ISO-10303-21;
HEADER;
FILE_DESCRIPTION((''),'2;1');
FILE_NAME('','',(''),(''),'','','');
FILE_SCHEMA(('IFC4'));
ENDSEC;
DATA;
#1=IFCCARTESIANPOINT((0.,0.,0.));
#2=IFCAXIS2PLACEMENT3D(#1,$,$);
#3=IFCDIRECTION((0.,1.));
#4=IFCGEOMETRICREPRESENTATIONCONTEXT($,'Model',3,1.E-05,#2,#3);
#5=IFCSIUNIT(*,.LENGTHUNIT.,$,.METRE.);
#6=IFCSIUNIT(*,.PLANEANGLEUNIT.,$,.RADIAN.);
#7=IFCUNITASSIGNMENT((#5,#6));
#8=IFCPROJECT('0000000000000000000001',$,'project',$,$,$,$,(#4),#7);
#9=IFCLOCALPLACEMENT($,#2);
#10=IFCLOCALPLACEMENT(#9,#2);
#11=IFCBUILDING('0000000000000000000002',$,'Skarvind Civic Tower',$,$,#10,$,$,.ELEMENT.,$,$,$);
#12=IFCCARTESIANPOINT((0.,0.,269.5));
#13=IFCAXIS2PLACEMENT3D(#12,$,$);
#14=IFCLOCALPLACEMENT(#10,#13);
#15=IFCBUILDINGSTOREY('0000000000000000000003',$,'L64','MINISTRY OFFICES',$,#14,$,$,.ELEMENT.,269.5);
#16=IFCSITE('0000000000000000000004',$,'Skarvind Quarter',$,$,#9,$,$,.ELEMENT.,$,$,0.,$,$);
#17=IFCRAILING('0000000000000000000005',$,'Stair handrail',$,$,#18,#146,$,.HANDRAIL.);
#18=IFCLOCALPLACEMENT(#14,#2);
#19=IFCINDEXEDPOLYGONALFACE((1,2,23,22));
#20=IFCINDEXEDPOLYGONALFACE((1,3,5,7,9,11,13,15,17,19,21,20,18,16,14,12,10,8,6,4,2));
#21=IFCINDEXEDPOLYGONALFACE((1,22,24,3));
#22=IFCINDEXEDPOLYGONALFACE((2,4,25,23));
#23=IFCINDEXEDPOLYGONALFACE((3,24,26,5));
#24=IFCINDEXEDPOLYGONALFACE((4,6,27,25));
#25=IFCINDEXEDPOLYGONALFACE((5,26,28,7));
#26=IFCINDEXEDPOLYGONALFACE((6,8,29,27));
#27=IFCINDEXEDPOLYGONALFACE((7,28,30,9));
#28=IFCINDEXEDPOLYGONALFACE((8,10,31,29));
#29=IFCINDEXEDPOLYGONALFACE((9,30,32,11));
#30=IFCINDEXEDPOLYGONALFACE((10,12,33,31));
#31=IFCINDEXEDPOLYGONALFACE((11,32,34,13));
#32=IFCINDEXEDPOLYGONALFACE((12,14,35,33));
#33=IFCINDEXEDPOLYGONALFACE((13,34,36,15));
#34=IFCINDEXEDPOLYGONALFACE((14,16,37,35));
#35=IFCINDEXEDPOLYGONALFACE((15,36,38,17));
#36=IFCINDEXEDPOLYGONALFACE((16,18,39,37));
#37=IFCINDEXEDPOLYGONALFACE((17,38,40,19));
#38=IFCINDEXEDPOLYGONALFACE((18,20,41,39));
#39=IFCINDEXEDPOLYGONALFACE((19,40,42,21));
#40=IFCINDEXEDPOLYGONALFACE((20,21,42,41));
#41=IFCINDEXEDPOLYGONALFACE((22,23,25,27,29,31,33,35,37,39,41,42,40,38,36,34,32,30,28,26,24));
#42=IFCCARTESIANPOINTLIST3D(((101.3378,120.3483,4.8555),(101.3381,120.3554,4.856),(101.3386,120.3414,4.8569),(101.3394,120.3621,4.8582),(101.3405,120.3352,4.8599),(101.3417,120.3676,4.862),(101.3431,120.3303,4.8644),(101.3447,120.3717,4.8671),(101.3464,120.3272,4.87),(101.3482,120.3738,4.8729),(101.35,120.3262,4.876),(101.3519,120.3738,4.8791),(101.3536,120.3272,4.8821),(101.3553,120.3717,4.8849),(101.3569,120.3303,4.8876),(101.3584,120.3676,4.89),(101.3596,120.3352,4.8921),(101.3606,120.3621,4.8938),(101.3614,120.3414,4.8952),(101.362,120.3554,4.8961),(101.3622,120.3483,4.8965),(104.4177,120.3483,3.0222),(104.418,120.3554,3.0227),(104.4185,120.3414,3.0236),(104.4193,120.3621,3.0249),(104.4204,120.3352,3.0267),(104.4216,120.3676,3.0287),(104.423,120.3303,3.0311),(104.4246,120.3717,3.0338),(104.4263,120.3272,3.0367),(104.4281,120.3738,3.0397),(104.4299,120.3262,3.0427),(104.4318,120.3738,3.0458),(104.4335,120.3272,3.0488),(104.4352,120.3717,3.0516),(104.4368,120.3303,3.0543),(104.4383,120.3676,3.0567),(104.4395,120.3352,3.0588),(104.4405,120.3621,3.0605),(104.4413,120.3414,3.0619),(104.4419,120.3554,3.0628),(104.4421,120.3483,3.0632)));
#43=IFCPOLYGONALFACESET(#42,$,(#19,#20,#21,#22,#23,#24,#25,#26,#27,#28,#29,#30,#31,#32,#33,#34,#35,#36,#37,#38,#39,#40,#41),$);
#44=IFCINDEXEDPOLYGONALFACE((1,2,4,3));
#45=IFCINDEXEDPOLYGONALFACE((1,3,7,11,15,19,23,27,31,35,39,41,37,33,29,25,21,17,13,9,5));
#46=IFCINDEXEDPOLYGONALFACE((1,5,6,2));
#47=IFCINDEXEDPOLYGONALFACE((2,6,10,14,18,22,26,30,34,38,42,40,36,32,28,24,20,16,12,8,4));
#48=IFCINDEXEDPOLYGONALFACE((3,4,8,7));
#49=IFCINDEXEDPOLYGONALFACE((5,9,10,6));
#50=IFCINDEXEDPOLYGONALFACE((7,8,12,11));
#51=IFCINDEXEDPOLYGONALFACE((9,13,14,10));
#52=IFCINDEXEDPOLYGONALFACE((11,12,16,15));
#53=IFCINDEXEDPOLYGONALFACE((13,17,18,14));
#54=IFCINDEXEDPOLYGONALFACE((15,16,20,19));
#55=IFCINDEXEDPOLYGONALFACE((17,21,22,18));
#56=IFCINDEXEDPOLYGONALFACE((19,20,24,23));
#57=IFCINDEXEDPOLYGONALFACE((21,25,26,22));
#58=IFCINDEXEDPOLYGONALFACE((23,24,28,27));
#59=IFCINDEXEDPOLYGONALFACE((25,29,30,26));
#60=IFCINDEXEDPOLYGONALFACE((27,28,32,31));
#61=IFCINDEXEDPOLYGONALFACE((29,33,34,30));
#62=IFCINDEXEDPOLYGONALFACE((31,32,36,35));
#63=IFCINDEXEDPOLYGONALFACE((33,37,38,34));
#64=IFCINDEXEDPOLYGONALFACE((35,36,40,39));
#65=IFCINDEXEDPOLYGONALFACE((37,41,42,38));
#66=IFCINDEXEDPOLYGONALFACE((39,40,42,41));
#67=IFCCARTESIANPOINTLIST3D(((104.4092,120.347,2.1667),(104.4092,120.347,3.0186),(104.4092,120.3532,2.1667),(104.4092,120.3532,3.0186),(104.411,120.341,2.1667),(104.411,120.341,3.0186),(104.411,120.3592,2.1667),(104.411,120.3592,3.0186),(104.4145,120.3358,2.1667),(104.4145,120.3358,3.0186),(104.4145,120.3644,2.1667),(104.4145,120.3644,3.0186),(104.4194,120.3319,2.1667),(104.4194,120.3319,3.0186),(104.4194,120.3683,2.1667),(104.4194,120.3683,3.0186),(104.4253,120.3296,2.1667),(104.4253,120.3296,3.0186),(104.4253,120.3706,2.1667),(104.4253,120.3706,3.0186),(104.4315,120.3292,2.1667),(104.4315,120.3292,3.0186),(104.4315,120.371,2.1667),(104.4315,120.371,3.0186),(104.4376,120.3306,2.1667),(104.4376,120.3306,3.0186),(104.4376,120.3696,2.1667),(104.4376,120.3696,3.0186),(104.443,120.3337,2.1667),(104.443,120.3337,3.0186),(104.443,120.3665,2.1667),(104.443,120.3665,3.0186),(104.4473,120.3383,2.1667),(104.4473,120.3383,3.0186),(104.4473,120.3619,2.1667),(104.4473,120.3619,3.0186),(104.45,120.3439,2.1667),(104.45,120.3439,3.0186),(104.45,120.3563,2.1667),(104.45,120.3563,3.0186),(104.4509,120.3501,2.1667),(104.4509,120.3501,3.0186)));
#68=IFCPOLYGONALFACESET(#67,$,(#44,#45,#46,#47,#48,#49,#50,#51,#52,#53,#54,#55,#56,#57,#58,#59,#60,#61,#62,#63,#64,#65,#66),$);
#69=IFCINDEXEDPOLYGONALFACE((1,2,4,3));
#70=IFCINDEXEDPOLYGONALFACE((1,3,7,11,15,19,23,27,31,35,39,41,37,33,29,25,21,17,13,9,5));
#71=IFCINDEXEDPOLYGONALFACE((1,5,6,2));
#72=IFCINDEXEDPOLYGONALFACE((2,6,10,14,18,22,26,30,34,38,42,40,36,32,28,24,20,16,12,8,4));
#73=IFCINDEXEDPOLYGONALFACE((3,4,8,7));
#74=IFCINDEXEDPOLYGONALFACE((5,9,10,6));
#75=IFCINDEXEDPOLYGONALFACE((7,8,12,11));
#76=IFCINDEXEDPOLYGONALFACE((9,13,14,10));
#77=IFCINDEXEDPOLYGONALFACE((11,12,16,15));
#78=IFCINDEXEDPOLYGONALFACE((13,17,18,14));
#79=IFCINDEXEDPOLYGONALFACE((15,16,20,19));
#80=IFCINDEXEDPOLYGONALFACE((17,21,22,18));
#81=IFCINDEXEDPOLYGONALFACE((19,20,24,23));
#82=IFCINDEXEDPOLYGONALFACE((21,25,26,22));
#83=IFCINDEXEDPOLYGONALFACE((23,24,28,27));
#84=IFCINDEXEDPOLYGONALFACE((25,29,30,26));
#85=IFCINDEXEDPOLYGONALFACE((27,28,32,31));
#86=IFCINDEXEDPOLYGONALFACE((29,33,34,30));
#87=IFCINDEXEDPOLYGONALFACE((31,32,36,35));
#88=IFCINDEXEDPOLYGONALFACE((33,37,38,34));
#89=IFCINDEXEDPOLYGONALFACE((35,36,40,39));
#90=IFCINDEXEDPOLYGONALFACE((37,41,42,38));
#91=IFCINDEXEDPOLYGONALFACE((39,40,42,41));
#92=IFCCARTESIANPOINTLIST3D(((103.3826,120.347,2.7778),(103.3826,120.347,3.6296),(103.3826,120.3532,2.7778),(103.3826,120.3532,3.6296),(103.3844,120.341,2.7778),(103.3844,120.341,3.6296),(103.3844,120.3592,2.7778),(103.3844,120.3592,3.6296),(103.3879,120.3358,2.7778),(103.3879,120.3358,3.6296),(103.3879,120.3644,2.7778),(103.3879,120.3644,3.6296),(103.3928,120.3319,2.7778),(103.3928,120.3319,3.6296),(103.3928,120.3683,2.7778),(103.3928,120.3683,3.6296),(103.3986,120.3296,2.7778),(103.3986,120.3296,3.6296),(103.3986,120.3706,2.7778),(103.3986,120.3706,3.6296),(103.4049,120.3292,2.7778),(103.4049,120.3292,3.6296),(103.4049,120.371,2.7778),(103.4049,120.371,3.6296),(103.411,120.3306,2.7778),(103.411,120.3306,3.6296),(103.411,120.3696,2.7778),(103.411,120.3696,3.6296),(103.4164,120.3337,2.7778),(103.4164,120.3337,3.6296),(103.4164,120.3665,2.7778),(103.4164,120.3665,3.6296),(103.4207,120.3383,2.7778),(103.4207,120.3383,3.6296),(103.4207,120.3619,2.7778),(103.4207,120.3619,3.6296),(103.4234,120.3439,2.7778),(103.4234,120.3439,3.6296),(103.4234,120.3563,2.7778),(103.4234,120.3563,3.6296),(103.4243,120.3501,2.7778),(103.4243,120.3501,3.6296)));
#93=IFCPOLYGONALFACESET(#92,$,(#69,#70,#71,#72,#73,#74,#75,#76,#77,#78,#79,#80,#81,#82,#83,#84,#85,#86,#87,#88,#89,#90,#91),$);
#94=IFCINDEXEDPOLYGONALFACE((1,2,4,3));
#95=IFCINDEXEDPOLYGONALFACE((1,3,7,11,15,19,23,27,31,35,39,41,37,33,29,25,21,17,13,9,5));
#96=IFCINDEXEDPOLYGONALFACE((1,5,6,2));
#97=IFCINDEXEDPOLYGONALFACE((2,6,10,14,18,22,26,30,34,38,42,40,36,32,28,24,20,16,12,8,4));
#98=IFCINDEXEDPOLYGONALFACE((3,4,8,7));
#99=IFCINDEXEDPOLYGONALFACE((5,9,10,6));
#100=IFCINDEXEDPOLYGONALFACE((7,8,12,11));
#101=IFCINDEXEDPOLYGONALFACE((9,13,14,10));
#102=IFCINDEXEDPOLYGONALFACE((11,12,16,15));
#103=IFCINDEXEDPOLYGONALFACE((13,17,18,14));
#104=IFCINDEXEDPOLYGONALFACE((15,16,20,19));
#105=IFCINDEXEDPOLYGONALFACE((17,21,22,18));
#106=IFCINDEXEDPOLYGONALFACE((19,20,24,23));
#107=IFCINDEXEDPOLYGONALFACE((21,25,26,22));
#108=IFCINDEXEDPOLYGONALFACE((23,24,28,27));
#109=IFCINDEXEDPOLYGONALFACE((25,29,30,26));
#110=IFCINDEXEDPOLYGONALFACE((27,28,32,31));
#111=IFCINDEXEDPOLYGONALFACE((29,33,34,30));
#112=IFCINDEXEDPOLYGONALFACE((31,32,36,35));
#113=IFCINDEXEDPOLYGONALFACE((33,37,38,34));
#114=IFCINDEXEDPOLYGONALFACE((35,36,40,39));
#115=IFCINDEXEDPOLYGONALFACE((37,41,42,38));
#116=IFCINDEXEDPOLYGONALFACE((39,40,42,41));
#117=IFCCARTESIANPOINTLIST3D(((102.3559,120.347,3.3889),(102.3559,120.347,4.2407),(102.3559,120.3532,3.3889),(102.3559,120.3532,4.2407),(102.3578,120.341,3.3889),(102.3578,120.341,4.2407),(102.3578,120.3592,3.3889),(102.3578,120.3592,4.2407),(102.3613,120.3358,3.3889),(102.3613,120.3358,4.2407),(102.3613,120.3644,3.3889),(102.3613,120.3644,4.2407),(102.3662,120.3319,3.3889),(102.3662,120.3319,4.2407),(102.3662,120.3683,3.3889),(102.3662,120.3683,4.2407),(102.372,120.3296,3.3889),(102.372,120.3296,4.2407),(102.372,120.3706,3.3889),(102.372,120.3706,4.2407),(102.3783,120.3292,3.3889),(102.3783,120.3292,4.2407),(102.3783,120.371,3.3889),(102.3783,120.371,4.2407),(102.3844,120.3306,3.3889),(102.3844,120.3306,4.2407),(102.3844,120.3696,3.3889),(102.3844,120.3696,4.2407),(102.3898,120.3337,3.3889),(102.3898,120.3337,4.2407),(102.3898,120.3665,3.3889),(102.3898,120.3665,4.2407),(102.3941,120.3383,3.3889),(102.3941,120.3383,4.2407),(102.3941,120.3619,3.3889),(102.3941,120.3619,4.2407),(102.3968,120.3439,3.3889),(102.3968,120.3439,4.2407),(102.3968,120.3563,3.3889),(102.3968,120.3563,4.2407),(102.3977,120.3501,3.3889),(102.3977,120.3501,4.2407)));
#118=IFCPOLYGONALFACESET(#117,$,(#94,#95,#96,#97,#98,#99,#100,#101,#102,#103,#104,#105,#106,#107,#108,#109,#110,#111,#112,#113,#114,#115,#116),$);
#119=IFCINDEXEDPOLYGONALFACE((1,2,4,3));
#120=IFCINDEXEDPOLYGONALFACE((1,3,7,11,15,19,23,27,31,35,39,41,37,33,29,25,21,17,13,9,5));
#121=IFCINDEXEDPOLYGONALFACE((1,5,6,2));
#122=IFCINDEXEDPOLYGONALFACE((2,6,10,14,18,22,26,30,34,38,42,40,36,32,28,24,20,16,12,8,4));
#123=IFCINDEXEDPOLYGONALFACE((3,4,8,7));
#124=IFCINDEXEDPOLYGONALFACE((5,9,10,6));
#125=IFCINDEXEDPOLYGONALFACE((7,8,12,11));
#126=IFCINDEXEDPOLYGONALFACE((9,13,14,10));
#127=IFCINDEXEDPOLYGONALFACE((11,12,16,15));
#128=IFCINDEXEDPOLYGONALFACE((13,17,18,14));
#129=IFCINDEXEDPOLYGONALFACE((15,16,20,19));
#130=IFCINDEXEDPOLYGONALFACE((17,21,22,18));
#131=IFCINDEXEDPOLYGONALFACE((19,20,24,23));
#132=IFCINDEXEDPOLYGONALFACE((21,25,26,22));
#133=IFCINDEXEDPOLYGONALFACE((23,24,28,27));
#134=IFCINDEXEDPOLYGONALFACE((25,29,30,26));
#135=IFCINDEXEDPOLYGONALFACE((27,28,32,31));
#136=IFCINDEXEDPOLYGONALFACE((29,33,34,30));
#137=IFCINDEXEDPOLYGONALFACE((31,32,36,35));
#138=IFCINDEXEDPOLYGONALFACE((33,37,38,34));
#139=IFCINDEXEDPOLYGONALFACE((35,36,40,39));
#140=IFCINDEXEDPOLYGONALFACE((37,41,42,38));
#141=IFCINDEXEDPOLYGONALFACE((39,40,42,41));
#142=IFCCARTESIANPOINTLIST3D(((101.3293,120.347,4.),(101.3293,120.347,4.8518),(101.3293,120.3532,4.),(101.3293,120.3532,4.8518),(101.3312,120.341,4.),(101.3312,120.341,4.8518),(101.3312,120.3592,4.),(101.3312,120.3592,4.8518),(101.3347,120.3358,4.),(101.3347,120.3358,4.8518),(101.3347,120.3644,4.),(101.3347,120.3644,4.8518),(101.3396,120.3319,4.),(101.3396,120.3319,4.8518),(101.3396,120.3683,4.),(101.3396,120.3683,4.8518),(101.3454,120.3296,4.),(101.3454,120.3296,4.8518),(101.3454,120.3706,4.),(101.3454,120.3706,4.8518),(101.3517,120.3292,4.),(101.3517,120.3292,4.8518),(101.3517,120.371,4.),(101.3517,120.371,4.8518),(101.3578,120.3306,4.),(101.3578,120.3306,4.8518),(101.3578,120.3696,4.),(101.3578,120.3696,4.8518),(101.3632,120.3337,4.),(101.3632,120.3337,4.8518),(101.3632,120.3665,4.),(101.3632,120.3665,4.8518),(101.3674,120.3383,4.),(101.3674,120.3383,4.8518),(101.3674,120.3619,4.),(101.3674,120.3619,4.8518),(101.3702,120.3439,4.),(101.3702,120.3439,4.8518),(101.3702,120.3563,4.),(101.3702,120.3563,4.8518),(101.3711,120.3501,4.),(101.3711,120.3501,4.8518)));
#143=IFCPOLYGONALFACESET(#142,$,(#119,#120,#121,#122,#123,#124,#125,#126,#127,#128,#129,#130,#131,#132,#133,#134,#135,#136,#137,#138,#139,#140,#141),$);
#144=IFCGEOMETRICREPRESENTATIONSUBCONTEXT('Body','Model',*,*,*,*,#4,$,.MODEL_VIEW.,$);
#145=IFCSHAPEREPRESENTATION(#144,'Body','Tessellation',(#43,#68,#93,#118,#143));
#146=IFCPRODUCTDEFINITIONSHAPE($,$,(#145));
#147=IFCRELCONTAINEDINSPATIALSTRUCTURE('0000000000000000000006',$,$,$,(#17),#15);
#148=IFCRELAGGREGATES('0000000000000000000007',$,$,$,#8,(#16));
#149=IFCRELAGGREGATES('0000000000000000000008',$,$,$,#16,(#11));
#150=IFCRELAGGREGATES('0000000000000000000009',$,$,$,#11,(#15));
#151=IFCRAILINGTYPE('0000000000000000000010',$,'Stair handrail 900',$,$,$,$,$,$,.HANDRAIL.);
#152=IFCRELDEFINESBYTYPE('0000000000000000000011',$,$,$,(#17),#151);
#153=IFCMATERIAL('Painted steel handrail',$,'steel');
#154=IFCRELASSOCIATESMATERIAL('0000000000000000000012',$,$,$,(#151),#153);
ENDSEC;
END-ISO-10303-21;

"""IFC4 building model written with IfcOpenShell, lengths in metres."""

from ifc_helpers import new_model, si_unit, direction, frame, origin, origin_2d, place, context, subcontext, project, spatial, circle, extrude, material, type_object, element, save


model = new_model("IFC4")

# Units and contexts
model_context = context("Model", 3, precision=1e-05, world=origin(), true_north=direction((0.0, 1.0)))
body_context = subcontext(model_context, "Body", "Model", "MODEL_VIEW")
ifc_project = project(units=[si_unit("LENGTHUNIT", "METRE"), si_unit("PLANEANGLEUNIT", "RADIAN")], contexts=[model_context])

# Site, building, storey
site_placement = place(None, origin())
site = spatial("IfcSite", under=ifc_project, at=site_placement, Name="Skarvind Quarter", CompositionType="ELEMENT", RefElevation=0.0)
building_placement = place(site_placement, origin())
building = spatial("IfcBuilding", under=site, at=building_placement, Name="Skarvind Civic Tower", CompositionType="ELEMENT")
storey_placement = place(building_placement, frame((0.0, 0.0, 269.5)))
storey = spatial("IfcBuildingStorey", under=building, at=storey_placement, Name="L64", Description="MINISTRY OFFICES", CompositionType="ELEMENT", Elevation=269.5)

# Railing
ifc_material_1 = material(Name="Painted steel handrail", Category="steel")
railing_type = type_object("IfcRailingType", Name="Stair handrail 900", PredefinedType="HANDRAIL", material=ifc_material_1)
railing_placement = place(storey_placement, frame((104.4299, 120.3501, 2.1667)))
element("IfcRailing", 1, at=railing_placement, inside=storey, type_object=railing_type, Name="Stair handrail", PredefinedType="HANDRAIL", context=body_context, shape_type="SweptSolid", body=[
    extrude(circle(Radius=0.0239, at=origin_2d()), frame((0.0, 0.0, 0.876), z_axis=(-0.859291, 0.0, 0.511487), x_axis=(0.0, -1.0, 0.0)), (0.0, 0.0, 1.0), 3.5842),
    extrude(circle(Radius=0.021, at=origin_2d()), origin(), (0.0, 0.0, 1.0), 0.8518),
    extrude(circle(Radius=0.021, at=origin_2d()), frame((-1.0266, 0.0, 0.6111)), (0.0, 0.0, 1.0), 0.8518),
    extrude(circle(Radius=0.021, at=origin_2d()), frame((-2.0532, 0.0, 1.2222)), (0.0, 0.0, 1.0), 0.8518),
    extrude(circle(Radius=0.021, at=origin_2d()), frame((-3.0798, 0.0, 1.8333)), (0.0, 0.0, 1.0), 0.8518),
])

save(model, "model.ifc")
